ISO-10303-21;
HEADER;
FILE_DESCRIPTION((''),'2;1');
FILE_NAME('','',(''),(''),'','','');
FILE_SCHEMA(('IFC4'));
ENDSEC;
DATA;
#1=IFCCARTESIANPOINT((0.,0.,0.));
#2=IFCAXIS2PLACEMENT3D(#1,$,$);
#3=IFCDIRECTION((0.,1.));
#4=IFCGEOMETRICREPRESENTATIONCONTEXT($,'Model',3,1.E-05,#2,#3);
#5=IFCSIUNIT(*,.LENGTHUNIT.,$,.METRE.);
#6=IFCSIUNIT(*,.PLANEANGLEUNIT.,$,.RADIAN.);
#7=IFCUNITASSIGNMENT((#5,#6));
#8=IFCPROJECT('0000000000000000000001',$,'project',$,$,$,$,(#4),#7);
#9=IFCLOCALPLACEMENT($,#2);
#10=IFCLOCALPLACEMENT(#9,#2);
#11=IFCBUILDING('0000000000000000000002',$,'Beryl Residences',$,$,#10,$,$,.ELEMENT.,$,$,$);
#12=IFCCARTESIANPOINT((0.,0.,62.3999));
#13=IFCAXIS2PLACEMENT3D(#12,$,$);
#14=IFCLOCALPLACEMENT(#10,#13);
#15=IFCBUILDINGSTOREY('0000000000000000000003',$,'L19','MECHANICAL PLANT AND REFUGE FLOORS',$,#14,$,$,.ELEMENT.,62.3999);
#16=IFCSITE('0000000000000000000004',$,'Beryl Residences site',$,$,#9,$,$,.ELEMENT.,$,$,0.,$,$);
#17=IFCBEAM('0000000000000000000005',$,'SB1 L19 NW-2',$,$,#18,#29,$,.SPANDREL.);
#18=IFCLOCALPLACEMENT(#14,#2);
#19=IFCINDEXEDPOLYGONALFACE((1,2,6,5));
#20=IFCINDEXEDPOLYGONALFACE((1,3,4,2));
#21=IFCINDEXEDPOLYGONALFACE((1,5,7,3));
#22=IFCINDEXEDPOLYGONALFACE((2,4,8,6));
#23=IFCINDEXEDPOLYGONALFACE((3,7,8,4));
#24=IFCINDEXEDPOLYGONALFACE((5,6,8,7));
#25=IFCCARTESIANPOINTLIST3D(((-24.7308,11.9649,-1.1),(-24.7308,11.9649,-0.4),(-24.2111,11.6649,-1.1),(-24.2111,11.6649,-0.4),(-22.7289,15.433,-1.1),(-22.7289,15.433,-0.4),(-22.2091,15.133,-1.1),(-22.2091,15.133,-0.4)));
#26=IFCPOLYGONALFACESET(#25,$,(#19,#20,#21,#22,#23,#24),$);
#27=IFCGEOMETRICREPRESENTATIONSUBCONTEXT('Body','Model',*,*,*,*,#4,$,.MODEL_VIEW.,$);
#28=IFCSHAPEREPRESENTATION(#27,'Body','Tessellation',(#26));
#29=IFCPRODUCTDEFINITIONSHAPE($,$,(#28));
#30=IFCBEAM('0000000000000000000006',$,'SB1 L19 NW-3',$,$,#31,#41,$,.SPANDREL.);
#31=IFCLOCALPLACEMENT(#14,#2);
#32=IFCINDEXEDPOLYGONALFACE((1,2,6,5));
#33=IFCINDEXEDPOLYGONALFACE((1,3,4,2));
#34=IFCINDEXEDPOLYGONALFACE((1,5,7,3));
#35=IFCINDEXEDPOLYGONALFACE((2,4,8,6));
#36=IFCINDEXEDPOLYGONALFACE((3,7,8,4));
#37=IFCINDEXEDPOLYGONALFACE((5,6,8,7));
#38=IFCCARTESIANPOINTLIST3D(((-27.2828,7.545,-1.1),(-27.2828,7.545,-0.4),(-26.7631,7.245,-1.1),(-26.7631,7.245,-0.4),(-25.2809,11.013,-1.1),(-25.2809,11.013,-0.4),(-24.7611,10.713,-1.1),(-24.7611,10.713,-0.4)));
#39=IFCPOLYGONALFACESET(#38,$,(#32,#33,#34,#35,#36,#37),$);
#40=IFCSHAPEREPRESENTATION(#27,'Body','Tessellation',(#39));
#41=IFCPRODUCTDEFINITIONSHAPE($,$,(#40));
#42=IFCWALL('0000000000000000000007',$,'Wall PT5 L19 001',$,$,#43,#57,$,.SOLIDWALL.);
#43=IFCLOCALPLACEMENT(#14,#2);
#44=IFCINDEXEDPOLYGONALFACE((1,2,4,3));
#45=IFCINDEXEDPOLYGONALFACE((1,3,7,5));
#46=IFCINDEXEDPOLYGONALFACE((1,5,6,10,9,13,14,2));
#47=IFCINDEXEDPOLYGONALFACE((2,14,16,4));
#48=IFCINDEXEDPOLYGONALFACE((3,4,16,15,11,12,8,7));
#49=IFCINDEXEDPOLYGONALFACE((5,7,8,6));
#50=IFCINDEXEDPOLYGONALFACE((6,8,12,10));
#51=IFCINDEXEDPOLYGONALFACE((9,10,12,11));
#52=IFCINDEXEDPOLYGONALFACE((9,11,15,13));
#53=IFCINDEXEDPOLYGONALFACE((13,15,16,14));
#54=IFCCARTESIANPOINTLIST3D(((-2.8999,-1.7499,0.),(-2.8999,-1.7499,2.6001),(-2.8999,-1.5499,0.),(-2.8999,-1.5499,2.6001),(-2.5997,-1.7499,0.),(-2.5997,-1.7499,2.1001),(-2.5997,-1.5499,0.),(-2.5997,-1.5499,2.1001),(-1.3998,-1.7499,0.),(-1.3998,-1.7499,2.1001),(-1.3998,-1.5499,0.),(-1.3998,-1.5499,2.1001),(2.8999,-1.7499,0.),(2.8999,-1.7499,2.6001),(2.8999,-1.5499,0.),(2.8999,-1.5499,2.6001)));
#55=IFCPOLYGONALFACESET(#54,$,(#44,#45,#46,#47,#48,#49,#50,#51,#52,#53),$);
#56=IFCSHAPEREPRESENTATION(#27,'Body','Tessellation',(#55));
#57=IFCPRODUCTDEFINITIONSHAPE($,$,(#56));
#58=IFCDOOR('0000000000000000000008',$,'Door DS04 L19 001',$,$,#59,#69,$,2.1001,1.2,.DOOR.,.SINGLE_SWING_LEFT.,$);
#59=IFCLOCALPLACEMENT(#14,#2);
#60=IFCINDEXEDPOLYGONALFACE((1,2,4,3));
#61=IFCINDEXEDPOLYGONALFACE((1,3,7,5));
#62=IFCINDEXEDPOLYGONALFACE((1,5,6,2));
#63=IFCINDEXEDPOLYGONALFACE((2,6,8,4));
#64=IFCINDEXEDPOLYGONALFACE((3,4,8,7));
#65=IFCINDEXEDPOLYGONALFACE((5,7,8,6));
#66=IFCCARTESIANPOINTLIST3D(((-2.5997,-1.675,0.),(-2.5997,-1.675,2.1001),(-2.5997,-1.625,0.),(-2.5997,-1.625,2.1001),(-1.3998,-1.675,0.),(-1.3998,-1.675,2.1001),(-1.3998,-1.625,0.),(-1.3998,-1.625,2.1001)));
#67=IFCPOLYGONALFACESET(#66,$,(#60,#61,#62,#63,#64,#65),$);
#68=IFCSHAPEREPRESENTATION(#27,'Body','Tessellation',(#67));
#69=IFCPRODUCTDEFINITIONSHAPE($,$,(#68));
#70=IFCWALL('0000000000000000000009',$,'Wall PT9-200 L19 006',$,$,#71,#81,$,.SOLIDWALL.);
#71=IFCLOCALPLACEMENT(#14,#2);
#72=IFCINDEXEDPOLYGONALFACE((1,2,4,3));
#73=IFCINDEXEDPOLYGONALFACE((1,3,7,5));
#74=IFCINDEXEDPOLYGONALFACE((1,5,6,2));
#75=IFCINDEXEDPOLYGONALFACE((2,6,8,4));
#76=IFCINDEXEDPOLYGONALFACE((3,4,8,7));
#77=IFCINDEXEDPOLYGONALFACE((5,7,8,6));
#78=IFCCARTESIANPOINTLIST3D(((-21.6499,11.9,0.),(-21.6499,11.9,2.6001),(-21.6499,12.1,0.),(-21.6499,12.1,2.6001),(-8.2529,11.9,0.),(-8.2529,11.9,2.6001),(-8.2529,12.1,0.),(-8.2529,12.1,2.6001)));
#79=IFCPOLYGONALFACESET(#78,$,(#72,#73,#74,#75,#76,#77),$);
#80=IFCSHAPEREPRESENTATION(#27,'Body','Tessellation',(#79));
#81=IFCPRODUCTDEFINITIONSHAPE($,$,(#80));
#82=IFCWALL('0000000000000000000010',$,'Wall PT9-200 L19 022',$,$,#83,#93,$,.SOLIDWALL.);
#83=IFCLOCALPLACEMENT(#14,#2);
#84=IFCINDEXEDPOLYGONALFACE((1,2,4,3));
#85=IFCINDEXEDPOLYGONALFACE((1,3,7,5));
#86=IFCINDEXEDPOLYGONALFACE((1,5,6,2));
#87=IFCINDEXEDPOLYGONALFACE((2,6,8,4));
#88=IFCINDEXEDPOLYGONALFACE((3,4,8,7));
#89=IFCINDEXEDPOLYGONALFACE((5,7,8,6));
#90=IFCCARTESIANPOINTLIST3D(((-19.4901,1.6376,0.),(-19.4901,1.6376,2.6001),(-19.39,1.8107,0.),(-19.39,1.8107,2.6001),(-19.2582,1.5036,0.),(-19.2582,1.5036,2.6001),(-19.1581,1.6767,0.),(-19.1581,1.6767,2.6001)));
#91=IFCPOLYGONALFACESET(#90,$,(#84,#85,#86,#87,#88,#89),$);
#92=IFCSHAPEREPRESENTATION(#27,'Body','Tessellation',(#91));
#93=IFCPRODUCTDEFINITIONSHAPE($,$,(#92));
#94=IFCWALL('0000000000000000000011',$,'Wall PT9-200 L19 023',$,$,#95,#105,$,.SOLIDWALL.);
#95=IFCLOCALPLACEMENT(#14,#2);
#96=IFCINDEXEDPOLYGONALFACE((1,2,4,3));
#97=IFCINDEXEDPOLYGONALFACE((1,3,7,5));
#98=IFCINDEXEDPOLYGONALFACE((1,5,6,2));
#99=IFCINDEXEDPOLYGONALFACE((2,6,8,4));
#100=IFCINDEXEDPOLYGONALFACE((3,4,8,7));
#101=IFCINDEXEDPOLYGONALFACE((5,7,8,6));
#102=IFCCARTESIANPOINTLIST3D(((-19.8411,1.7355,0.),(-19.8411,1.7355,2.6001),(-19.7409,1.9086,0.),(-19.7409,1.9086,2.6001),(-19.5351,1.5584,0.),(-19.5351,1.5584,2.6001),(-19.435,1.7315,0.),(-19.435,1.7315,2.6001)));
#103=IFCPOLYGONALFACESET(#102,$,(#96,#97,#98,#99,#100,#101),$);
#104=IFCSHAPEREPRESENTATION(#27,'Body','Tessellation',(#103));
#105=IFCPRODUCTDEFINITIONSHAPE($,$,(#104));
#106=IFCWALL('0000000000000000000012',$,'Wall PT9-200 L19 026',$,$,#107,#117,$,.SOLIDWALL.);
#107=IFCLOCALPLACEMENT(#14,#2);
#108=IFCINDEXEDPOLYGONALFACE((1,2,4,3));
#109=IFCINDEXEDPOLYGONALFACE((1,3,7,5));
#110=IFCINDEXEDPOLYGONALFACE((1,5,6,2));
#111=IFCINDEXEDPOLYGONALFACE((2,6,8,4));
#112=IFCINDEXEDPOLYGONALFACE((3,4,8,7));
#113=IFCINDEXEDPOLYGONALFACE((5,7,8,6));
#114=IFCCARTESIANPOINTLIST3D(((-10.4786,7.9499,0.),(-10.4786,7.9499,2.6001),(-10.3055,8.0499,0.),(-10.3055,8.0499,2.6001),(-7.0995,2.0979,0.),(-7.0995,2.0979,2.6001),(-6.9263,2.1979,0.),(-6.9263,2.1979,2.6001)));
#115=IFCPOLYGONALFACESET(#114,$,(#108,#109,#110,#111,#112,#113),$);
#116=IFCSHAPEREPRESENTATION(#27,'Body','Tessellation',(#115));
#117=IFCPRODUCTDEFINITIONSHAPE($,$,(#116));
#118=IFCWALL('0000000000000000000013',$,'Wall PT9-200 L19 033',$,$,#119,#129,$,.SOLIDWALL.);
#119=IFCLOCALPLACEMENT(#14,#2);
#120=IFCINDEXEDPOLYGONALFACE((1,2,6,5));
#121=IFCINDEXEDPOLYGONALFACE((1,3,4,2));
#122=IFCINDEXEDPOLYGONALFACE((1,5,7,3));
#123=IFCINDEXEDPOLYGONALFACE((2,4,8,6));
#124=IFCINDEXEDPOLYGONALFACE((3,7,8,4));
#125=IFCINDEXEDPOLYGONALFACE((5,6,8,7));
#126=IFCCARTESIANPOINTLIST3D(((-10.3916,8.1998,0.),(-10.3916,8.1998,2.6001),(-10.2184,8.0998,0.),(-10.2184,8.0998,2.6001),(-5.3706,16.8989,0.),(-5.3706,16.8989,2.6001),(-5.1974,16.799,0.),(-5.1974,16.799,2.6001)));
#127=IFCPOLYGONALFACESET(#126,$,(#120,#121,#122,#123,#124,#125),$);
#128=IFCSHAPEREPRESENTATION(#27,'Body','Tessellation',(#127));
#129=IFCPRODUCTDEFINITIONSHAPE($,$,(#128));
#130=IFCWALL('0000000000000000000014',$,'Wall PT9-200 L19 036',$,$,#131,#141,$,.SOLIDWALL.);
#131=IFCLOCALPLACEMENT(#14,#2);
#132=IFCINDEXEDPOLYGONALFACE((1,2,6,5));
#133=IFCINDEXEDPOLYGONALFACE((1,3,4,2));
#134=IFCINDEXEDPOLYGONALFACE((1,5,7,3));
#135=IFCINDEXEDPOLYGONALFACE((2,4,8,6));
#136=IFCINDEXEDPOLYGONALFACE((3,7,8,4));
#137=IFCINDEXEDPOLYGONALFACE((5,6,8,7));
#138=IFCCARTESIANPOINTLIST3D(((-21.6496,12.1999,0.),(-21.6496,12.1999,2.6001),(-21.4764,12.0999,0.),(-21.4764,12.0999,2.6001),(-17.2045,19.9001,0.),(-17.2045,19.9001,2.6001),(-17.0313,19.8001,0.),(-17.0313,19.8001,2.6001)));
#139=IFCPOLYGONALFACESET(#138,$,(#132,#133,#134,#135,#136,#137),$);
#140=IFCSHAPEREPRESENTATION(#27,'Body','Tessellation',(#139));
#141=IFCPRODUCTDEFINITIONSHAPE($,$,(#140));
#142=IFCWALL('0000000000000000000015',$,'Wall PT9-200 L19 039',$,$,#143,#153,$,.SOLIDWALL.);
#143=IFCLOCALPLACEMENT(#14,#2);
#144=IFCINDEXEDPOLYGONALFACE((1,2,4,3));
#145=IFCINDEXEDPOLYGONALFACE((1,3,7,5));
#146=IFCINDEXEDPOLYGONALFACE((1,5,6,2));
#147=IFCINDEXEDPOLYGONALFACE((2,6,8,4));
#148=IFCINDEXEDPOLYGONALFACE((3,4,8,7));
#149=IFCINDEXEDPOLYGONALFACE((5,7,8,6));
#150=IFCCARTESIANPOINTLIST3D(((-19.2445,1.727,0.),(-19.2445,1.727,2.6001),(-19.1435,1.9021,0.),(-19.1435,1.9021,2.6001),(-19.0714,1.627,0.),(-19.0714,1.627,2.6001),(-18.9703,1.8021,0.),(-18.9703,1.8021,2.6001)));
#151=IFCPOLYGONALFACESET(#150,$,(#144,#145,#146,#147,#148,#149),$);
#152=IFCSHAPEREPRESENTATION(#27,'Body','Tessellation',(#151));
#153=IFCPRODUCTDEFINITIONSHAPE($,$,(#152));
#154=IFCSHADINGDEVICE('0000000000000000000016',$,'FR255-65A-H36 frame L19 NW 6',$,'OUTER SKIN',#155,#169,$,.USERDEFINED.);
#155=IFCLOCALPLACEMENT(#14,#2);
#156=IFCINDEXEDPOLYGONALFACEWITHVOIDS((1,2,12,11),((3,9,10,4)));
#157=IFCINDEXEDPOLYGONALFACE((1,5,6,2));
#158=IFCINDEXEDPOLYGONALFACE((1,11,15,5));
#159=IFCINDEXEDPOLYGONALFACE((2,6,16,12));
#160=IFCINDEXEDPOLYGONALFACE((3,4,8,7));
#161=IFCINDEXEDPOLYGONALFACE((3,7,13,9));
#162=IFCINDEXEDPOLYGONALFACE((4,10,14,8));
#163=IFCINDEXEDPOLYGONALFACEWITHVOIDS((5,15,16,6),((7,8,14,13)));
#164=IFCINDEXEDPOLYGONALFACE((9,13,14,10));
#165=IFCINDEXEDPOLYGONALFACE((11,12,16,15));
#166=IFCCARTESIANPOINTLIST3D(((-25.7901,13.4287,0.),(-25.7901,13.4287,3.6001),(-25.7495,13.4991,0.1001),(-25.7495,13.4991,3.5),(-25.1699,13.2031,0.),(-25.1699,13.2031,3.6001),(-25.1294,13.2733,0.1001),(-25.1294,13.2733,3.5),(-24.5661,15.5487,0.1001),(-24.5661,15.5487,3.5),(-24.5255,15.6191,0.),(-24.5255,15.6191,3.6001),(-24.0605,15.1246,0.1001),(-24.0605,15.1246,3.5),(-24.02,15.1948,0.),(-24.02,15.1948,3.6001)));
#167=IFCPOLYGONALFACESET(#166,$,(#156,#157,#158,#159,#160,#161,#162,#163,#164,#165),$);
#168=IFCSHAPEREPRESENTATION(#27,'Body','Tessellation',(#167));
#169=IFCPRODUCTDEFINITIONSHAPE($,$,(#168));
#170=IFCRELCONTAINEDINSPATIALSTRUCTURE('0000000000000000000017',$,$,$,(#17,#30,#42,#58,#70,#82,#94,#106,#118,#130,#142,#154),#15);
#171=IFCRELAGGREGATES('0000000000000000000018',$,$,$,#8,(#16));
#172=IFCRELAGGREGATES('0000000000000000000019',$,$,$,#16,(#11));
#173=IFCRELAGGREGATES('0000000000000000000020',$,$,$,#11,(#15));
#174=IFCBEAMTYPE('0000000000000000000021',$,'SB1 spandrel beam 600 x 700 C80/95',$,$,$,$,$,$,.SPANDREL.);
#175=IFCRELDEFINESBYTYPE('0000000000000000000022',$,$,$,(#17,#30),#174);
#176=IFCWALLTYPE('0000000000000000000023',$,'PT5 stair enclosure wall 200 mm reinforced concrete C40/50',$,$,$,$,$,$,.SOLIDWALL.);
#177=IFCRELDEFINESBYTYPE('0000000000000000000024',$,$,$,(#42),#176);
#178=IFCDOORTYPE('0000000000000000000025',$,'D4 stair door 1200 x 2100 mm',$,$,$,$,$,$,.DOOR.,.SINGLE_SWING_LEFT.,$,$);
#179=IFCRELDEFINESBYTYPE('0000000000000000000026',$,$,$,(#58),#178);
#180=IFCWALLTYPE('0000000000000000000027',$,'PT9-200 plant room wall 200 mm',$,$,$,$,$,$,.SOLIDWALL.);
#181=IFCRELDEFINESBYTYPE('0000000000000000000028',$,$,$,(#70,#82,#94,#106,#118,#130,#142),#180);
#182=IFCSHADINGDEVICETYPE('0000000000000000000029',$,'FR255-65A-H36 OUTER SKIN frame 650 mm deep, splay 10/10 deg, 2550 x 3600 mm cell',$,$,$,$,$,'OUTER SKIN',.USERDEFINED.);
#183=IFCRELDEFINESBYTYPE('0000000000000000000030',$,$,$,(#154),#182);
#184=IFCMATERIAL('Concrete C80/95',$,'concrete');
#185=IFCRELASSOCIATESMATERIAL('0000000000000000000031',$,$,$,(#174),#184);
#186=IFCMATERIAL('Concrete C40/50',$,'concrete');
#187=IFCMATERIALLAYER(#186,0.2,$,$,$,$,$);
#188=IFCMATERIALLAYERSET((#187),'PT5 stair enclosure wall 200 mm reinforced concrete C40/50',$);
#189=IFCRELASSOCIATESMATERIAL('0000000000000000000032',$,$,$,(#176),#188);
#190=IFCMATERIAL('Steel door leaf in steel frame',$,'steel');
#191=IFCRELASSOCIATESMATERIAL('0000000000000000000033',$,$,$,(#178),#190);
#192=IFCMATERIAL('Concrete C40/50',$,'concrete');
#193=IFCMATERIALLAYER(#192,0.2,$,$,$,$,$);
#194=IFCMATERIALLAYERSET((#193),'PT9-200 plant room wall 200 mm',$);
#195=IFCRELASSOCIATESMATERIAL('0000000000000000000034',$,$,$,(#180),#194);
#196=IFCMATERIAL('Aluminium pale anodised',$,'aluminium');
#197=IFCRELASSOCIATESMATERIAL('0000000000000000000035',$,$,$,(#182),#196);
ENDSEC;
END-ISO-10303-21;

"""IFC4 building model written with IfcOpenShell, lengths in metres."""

from ifc_helpers import new_model, entity, si_unit, direction, frame, frame_2d, origin, origin_2d, place, context, subcontext, project, spatial, rectangle, extrude, source, transform, mapped, material, layer, layer_set, material_profile, profile_set, type_object, type_shapes, element, fill, save


model = new_model("IFC4")

# Units and contexts
model_context = context("Model", 3, precision=1e-05, world=origin(), true_north=direction((0.0, 1.0)))
body_context = subcontext(model_context, "Body", "Model", "MODEL_VIEW")
ifc_project = project(units=[si_unit("LENGTHUNIT", "METRE"), si_unit("PLANEANGLEUNIT", "RADIAN")], contexts=[model_context])

# Site, building, storey
site_placement = place(None, origin())
site = spatial("IfcSite", under=ifc_project, at=site_placement, Name="Beryl Residences site", CompositionType="ELEMENT", RefElevation=0.0)
building_placement = place(site_placement, origin())
building = spatial("IfcBuilding", under=site, at=building_placement, Name="Beryl Residences", CompositionType="ELEMENT")
storey_placement = place(building_placement, frame((0.0, 0.0, 62.3999)))
storey = spatial("IfcBuildingStorey", under=building, at=storey_placement, Name="L19", Description="MECHANICAL PLANT AND REFUGE FLOORS", CompositionType="ELEMENT", Elevation=62.3999)

# Beams
ifc_material_1 = material(Name="Concrete C80/95", Category="concrete")
ifc_material_profile_1 = material_profile(ifc_material_1, rectangle(XDim=0.6001, YDim=0.7, at=origin_2d()))
ifc_profile_set_1 = profile_set([ifc_material_profile_1], Name="Concrete C80/95")
beam_type = type_object("IfcBeamType", Name="SB1 spandrel beam 600 x 700 C80/95", PredefinedType="SPANDREL", material=ifc_profile_set_1)
for number, where, z_axis, x_axis, name in (
    (1, (-22.469, 15.283, -0.75), (-0.499942, -0.866059, 0.0), (0.866059, -0.499942, 0.0), "SB1 L19 NW-2"),
    (2, (-25.021, 10.863, -0.75), (-0.499942, -0.866059, 0.0), (0.866059, -0.499942, 0.0), "SB1 L19 NW-3"),
):
    element("IfcBeam", number, at=place(storey_placement, frame(where, z_axis=z_axis, x_axis=x_axis)), inside=storey, type_object=beam_type, Name=name, PredefinedType="SPANDREL", context=body_context, shape_type="SweptSolid", body=[
        extrude(rectangle(XDim=0.6001, YDim=0.7, at=origin_2d()), origin(), (0.0, 0.0, 1.0), 4.0044),
    ])

# Wall, opening, door
ifc_material_2 = material(Name="Concrete C40/50", Category="concrete")
ifc_layer_1 = layer(ifc_material_2, 0.2)
ifc_layer_set_1 = layer_set([ifc_layer_1], Name="PT5 stair enclosure wall 200 mm reinforced concrete C40/50")
wall_type_1 = type_object("IfcWallType", Name="PT5 stair enclosure wall 200 mm reinforced concrete C40/50", PredefinedType="SOLIDWALL", material=ifc_layer_set_1)
wall_1_placement = place(storey_placement, frame((-2.8999, -1.6499, 0.0), z_axis=(0.0, 0.0, 1.0), x_axis=(1.0, 0.0, 0.0)))
wall_1 = element("IfcWall", 3, at=wall_1_placement, inside=storey, type_object=wall_type_1, Name="Wall PT5 L19 001", PredefinedType="SOLIDWALL", context=body_context, shape_type="SweptSolid", body=[
    extrude(rectangle(XDim=5.7998, YDim=0.2, at=frame_2d((2.8999, 0.0))), origin(), (0.0, 0.0, 1.0), 2.6001),
])
opening_placement = place(wall_1_placement, frame((0.3, 0.0, 0.0)))
opening = element("IfcOpeningElement", 4, at=opening_placement, cuts=wall_1, PredefinedType="OPENING", context=body_context, shape_type="SweptSolid", body=[
    extrude(rectangle(XDim=1.2, YDim=2.1001, at=frame_2d((0.6001, 1.05))), frame((0.0, 0.1099, 0.0), z_axis=(0.0, -1.0, 0.0), x_axis=(1.0, 0.0, 0.0)), (0.0, 0.0, 1.0), 0.22),
])
ifc_material_3 = material(Name="Steel door leaf in steel frame", Category="steel")
door_type = type_object("IfcDoorType", Name="D4 stair door 1200 x 2100 mm", OperationType="SINGLE_SWING_LEFT", PredefinedType="DOOR", material=ifc_material_3)
door_placement = place(opening_placement, origin())
door = element("IfcDoor", 5, at=door_placement, inside=storey, type_object=door_type, Name="Door DS04 L19 001", OperationType="SINGLE_SWING_LEFT", OverallHeight=2.1001, OverallWidth=1.2, PredefinedType="DOOR", context=body_context, shape_type="SweptSolid", body=[
    extrude(rectangle(XDim=1.2, YDim=2.1001, at=frame_2d((0.6001, 1.05))), frame((0.0, 0.0249, 0.0), z_axis=(0.0, -1.0, 0.0), x_axis=(1.0, 0.0, 0.0)), (0.0, 0.0, 1.0), 0.05),
])
fill(opening, door)

# Walls
ifc_material_4 = material(Name="Concrete C40/50", Category="concrete")
ifc_layer_2 = layer(ifc_material_4, 0.2)
ifc_layer_set_2 = layer_set([ifc_layer_2], Name="PT9-200 plant room wall 200 mm")
wall_type_2 = type_object("IfcWallType", Name="PT9-200 plant room wall 200 mm", PredefinedType="SOLIDWALL", material=ifc_layer_set_2)
wall_2_placement = place(storey_placement, frame((-21.6499, 12.0, 0.0), z_axis=(0.0, 0.0, 1.0), x_axis=(1.0, 0.0, 0.0)))
element("IfcWall", 6, at=wall_2_placement, inside=storey, type_object=wall_type_2, Name="Wall PT9-200 L19 006", PredefinedType="SOLIDWALL", context=body_context, shape_type="SweptSolid", body=[
    extrude(rectangle(XDim=13.397, YDim=0.2, at=frame_2d((6.6985, 0.0))), origin(), (0.0, 0.0, 1.0), 2.6001),
])
wall_3_placement = place(storey_placement, frame((-19.4399, 1.7241, 0.0), z_axis=(0.0, 0.0, 1.0), x_axis=(0.865821, -0.500354, 0.0)))
element("IfcWall", 7, at=wall_3_placement, inside=storey, type_object=wall_type_2, Name="Wall PT9-200 L19 022", PredefinedType="SOLIDWALL", context=body_context, shape_type="SweptSolid", body=[
    extrude(rectangle(XDim=0.2678, YDim=0.2, at=frame_2d((0.1338, 0.0))), origin(), (0.0, 0.0, 1.0), 2.6001),
])
wall_4_placement = place(storey_placement, frame((-19.791, 1.822, 0.0), z_axis=(0.0, 0.0, 1.0), x_axis=(0.865552, -0.500818, 0.0)))
element("IfcWall", 8, at=wall_4_placement, inside=storey, type_object=wall_type_2, Name="Wall PT9-200 L19 023", PredefinedType="SOLIDWALL", context=body_context, shape_type="SweptSolid", body=[
    extrude(rectangle(XDim=0.3535, YDim=0.2, at=frame_2d((0.1768, 0.0))), origin(), (0.0, 0.0, 1.0), 2.6001),
])
wall_5_placement = place(storey_placement, frame((-10.3921, 8.0, 0.0), z_axis=(0.0, 0.0, 1.0), x_axis=(0.500052, -0.865995, 0.0)))
element("IfcWall", 9, at=wall_5_placement, inside=storey, type_object=wall_type_2, Name="Wall PT9-200 L19 026", PredefinedType="SOLIDWALL", context=body_context, shape_type="SweptSolid", body=[
    extrude(rectangle(XDim=6.7576, YDim=0.2, at=frame_2d((3.3789, 0.0))), origin(), (0.0, 0.0, 1.0), 2.6001),
])
wall_6_placement = place(storey_placement, frame((-10.3049, 8.1499, 0.0), z_axis=(0.0, 0.0, 1.0), x_axis=(0.499888, 0.86609, 0.0)))
element("IfcWall", 10, at=wall_6_placement, inside=storey, type_object=wall_type_2, Name="Wall PT9-200 L19 033", PredefinedType="SOLIDWALL", context=body_context, shape_type="SweptSolid", body=[
    extrude(rectangle(XDim=10.0442, YDim=0.2, at=frame_2d((5.022, 0.0))), origin(), (0.0, 0.0, 1.0), 2.6001),
])
wall_7_placement = place(storey_placement, frame((-21.563, 12.1499, 0.0), z_axis=(0.0, 0.0, 1.0), x_axis=(0.499946, 0.866057, 0.0)))
element("IfcWall", 11, at=wall_7_placement, inside=storey, type_object=wall_type_2, Name="Wall PT9-200 L19 036", PredefinedType="SOLIDWALL", context=body_context, shape_type="SweptSolid", body=[
    extrude(rectangle(XDim=8.8911, YDim=0.2, at=frame_2d((4.4456, 0.0))), origin(), (0.0, 0.0, 1.0), 2.6001),
])
wall_8_placement = place(storey_placement, frame((-19.158, 1.677, 0.0), z_axis=(0.0, 0.0, 1.0), x_axis=(0.500036, 0.866005, 0.0)))
element("IfcWall", 12, at=wall_8_placement, inside=storey, type_object=wall_type_2, Name="Wall PT9-200 L19 039", PredefinedType="SOLIDWALL", context=body_context, shape_type="SweptSolid", body=[
    extrude(rectangle(XDim=0.2021, YDim=0.2, at=frame_2d((0.1011, 0.0))), origin(), (0.0, 0.0, 1.0), 2.6001),
])

# Shading device
ifc_material_5 = material(Name="Aluminium pale anodised", Category="aluminium")
shading_device_type = type_object("IfcShadingDeviceType", Name="FR255-65A-H36 OUTER SKIN frame 650 mm deep, splay 10/10 deg, 2550 x 3600 mm cell", ElementType="OUTER SKIN", PredefinedType="USERDEFINED", material=ifc_material_5)
cartesian_point_1 = entity("IfcCartesianPoint", [-1.1499, 0.0])
cartesian_point_2 = entity("IfcCartesianPoint", [-1.0688, 0.1001])
cartesian_point_3 = entity("IfcCartesianPoint", [-1.2646, 0.0])
cartesian_point_4 = entity("IfcCartesianPoint", [-1.1833, 0.1001])
shared_shape = source(origin(), body_context, "Body", "SweptSolid", [
    entity("IfcExtrudedAreaSolidTapered", entity("IfcArbitraryProfileDefWithVoids", "AREA", None, entity("IfcPolyline", [cartesian_point_1, entity("IfcCartesianPoint", [1.1499, 0.0]), entity("IfcCartesianPoint", [1.1499, 3.6001]), entity("IfcCartesianPoint", [-1.1499, 3.6001]), cartesian_point_1]), [entity("IfcPolyline", [cartesian_point_2, entity("IfcCartesianPoint", [1.0688, 0.1001]), entity("IfcCartesianPoint", [1.0688, 3.5]), entity("IfcCartesianPoint", [-1.0688, 3.5]), cartesian_point_2])]), entity("IfcAxis2Placement3D", entity("IfcCartesianPoint", [0.0, 0.0, 0.0]), entity("IfcDirection", [0.0, 1.0, 0.0]), entity("IfcDirection", [-1.0, 0.0, 0.0])), entity("IfcDirection", [0.0, 0.0, 1.0]), 0.6499, entity("IfcArbitraryProfileDefWithVoids", "AREA", None, entity("IfcPolyline", [cartesian_point_3, entity("IfcCartesianPoint", [1.2646, 0.0]), entity("IfcCartesianPoint", [1.2646, 3.6001]), entity("IfcCartesianPoint", [-1.2646, 3.6001]), cartesian_point_3]), [entity("IfcPolyline", [cartesian_point_4, entity("IfcCartesianPoint", [1.1833, 0.1001]), entity("IfcCartesianPoint", [1.1833, 3.5]), entity("IfcCartesianPoint", [-1.1833, 3.5]), cartesian_point_4])])),
])
type_shapes(shading_device_type, [shared_shape])
for number, where, z_axis, x_axis, name in (
    (13, (-24.595, 14.199, 0.0), (0.0, 0.0, 1.0), (0.5, 0.866025, 0.0), "FR255-65A-H36 frame L19 NW 6"),
):
    element("IfcShadingDevice", number, at=place(storey_placement, frame(where, z_axis=z_axis, x_axis=x_axis)), inside=storey, type_object=shading_device_type, Name=name, ObjectType="OUTER SKIN", PredefinedType="USERDEFINED", context=body_context, shape_type="MappedRepresentation", body=[
        mapped(shared_shape, transform((0.0, 0.0, 0.0))),
    ])

save(model, "model.ifc")
